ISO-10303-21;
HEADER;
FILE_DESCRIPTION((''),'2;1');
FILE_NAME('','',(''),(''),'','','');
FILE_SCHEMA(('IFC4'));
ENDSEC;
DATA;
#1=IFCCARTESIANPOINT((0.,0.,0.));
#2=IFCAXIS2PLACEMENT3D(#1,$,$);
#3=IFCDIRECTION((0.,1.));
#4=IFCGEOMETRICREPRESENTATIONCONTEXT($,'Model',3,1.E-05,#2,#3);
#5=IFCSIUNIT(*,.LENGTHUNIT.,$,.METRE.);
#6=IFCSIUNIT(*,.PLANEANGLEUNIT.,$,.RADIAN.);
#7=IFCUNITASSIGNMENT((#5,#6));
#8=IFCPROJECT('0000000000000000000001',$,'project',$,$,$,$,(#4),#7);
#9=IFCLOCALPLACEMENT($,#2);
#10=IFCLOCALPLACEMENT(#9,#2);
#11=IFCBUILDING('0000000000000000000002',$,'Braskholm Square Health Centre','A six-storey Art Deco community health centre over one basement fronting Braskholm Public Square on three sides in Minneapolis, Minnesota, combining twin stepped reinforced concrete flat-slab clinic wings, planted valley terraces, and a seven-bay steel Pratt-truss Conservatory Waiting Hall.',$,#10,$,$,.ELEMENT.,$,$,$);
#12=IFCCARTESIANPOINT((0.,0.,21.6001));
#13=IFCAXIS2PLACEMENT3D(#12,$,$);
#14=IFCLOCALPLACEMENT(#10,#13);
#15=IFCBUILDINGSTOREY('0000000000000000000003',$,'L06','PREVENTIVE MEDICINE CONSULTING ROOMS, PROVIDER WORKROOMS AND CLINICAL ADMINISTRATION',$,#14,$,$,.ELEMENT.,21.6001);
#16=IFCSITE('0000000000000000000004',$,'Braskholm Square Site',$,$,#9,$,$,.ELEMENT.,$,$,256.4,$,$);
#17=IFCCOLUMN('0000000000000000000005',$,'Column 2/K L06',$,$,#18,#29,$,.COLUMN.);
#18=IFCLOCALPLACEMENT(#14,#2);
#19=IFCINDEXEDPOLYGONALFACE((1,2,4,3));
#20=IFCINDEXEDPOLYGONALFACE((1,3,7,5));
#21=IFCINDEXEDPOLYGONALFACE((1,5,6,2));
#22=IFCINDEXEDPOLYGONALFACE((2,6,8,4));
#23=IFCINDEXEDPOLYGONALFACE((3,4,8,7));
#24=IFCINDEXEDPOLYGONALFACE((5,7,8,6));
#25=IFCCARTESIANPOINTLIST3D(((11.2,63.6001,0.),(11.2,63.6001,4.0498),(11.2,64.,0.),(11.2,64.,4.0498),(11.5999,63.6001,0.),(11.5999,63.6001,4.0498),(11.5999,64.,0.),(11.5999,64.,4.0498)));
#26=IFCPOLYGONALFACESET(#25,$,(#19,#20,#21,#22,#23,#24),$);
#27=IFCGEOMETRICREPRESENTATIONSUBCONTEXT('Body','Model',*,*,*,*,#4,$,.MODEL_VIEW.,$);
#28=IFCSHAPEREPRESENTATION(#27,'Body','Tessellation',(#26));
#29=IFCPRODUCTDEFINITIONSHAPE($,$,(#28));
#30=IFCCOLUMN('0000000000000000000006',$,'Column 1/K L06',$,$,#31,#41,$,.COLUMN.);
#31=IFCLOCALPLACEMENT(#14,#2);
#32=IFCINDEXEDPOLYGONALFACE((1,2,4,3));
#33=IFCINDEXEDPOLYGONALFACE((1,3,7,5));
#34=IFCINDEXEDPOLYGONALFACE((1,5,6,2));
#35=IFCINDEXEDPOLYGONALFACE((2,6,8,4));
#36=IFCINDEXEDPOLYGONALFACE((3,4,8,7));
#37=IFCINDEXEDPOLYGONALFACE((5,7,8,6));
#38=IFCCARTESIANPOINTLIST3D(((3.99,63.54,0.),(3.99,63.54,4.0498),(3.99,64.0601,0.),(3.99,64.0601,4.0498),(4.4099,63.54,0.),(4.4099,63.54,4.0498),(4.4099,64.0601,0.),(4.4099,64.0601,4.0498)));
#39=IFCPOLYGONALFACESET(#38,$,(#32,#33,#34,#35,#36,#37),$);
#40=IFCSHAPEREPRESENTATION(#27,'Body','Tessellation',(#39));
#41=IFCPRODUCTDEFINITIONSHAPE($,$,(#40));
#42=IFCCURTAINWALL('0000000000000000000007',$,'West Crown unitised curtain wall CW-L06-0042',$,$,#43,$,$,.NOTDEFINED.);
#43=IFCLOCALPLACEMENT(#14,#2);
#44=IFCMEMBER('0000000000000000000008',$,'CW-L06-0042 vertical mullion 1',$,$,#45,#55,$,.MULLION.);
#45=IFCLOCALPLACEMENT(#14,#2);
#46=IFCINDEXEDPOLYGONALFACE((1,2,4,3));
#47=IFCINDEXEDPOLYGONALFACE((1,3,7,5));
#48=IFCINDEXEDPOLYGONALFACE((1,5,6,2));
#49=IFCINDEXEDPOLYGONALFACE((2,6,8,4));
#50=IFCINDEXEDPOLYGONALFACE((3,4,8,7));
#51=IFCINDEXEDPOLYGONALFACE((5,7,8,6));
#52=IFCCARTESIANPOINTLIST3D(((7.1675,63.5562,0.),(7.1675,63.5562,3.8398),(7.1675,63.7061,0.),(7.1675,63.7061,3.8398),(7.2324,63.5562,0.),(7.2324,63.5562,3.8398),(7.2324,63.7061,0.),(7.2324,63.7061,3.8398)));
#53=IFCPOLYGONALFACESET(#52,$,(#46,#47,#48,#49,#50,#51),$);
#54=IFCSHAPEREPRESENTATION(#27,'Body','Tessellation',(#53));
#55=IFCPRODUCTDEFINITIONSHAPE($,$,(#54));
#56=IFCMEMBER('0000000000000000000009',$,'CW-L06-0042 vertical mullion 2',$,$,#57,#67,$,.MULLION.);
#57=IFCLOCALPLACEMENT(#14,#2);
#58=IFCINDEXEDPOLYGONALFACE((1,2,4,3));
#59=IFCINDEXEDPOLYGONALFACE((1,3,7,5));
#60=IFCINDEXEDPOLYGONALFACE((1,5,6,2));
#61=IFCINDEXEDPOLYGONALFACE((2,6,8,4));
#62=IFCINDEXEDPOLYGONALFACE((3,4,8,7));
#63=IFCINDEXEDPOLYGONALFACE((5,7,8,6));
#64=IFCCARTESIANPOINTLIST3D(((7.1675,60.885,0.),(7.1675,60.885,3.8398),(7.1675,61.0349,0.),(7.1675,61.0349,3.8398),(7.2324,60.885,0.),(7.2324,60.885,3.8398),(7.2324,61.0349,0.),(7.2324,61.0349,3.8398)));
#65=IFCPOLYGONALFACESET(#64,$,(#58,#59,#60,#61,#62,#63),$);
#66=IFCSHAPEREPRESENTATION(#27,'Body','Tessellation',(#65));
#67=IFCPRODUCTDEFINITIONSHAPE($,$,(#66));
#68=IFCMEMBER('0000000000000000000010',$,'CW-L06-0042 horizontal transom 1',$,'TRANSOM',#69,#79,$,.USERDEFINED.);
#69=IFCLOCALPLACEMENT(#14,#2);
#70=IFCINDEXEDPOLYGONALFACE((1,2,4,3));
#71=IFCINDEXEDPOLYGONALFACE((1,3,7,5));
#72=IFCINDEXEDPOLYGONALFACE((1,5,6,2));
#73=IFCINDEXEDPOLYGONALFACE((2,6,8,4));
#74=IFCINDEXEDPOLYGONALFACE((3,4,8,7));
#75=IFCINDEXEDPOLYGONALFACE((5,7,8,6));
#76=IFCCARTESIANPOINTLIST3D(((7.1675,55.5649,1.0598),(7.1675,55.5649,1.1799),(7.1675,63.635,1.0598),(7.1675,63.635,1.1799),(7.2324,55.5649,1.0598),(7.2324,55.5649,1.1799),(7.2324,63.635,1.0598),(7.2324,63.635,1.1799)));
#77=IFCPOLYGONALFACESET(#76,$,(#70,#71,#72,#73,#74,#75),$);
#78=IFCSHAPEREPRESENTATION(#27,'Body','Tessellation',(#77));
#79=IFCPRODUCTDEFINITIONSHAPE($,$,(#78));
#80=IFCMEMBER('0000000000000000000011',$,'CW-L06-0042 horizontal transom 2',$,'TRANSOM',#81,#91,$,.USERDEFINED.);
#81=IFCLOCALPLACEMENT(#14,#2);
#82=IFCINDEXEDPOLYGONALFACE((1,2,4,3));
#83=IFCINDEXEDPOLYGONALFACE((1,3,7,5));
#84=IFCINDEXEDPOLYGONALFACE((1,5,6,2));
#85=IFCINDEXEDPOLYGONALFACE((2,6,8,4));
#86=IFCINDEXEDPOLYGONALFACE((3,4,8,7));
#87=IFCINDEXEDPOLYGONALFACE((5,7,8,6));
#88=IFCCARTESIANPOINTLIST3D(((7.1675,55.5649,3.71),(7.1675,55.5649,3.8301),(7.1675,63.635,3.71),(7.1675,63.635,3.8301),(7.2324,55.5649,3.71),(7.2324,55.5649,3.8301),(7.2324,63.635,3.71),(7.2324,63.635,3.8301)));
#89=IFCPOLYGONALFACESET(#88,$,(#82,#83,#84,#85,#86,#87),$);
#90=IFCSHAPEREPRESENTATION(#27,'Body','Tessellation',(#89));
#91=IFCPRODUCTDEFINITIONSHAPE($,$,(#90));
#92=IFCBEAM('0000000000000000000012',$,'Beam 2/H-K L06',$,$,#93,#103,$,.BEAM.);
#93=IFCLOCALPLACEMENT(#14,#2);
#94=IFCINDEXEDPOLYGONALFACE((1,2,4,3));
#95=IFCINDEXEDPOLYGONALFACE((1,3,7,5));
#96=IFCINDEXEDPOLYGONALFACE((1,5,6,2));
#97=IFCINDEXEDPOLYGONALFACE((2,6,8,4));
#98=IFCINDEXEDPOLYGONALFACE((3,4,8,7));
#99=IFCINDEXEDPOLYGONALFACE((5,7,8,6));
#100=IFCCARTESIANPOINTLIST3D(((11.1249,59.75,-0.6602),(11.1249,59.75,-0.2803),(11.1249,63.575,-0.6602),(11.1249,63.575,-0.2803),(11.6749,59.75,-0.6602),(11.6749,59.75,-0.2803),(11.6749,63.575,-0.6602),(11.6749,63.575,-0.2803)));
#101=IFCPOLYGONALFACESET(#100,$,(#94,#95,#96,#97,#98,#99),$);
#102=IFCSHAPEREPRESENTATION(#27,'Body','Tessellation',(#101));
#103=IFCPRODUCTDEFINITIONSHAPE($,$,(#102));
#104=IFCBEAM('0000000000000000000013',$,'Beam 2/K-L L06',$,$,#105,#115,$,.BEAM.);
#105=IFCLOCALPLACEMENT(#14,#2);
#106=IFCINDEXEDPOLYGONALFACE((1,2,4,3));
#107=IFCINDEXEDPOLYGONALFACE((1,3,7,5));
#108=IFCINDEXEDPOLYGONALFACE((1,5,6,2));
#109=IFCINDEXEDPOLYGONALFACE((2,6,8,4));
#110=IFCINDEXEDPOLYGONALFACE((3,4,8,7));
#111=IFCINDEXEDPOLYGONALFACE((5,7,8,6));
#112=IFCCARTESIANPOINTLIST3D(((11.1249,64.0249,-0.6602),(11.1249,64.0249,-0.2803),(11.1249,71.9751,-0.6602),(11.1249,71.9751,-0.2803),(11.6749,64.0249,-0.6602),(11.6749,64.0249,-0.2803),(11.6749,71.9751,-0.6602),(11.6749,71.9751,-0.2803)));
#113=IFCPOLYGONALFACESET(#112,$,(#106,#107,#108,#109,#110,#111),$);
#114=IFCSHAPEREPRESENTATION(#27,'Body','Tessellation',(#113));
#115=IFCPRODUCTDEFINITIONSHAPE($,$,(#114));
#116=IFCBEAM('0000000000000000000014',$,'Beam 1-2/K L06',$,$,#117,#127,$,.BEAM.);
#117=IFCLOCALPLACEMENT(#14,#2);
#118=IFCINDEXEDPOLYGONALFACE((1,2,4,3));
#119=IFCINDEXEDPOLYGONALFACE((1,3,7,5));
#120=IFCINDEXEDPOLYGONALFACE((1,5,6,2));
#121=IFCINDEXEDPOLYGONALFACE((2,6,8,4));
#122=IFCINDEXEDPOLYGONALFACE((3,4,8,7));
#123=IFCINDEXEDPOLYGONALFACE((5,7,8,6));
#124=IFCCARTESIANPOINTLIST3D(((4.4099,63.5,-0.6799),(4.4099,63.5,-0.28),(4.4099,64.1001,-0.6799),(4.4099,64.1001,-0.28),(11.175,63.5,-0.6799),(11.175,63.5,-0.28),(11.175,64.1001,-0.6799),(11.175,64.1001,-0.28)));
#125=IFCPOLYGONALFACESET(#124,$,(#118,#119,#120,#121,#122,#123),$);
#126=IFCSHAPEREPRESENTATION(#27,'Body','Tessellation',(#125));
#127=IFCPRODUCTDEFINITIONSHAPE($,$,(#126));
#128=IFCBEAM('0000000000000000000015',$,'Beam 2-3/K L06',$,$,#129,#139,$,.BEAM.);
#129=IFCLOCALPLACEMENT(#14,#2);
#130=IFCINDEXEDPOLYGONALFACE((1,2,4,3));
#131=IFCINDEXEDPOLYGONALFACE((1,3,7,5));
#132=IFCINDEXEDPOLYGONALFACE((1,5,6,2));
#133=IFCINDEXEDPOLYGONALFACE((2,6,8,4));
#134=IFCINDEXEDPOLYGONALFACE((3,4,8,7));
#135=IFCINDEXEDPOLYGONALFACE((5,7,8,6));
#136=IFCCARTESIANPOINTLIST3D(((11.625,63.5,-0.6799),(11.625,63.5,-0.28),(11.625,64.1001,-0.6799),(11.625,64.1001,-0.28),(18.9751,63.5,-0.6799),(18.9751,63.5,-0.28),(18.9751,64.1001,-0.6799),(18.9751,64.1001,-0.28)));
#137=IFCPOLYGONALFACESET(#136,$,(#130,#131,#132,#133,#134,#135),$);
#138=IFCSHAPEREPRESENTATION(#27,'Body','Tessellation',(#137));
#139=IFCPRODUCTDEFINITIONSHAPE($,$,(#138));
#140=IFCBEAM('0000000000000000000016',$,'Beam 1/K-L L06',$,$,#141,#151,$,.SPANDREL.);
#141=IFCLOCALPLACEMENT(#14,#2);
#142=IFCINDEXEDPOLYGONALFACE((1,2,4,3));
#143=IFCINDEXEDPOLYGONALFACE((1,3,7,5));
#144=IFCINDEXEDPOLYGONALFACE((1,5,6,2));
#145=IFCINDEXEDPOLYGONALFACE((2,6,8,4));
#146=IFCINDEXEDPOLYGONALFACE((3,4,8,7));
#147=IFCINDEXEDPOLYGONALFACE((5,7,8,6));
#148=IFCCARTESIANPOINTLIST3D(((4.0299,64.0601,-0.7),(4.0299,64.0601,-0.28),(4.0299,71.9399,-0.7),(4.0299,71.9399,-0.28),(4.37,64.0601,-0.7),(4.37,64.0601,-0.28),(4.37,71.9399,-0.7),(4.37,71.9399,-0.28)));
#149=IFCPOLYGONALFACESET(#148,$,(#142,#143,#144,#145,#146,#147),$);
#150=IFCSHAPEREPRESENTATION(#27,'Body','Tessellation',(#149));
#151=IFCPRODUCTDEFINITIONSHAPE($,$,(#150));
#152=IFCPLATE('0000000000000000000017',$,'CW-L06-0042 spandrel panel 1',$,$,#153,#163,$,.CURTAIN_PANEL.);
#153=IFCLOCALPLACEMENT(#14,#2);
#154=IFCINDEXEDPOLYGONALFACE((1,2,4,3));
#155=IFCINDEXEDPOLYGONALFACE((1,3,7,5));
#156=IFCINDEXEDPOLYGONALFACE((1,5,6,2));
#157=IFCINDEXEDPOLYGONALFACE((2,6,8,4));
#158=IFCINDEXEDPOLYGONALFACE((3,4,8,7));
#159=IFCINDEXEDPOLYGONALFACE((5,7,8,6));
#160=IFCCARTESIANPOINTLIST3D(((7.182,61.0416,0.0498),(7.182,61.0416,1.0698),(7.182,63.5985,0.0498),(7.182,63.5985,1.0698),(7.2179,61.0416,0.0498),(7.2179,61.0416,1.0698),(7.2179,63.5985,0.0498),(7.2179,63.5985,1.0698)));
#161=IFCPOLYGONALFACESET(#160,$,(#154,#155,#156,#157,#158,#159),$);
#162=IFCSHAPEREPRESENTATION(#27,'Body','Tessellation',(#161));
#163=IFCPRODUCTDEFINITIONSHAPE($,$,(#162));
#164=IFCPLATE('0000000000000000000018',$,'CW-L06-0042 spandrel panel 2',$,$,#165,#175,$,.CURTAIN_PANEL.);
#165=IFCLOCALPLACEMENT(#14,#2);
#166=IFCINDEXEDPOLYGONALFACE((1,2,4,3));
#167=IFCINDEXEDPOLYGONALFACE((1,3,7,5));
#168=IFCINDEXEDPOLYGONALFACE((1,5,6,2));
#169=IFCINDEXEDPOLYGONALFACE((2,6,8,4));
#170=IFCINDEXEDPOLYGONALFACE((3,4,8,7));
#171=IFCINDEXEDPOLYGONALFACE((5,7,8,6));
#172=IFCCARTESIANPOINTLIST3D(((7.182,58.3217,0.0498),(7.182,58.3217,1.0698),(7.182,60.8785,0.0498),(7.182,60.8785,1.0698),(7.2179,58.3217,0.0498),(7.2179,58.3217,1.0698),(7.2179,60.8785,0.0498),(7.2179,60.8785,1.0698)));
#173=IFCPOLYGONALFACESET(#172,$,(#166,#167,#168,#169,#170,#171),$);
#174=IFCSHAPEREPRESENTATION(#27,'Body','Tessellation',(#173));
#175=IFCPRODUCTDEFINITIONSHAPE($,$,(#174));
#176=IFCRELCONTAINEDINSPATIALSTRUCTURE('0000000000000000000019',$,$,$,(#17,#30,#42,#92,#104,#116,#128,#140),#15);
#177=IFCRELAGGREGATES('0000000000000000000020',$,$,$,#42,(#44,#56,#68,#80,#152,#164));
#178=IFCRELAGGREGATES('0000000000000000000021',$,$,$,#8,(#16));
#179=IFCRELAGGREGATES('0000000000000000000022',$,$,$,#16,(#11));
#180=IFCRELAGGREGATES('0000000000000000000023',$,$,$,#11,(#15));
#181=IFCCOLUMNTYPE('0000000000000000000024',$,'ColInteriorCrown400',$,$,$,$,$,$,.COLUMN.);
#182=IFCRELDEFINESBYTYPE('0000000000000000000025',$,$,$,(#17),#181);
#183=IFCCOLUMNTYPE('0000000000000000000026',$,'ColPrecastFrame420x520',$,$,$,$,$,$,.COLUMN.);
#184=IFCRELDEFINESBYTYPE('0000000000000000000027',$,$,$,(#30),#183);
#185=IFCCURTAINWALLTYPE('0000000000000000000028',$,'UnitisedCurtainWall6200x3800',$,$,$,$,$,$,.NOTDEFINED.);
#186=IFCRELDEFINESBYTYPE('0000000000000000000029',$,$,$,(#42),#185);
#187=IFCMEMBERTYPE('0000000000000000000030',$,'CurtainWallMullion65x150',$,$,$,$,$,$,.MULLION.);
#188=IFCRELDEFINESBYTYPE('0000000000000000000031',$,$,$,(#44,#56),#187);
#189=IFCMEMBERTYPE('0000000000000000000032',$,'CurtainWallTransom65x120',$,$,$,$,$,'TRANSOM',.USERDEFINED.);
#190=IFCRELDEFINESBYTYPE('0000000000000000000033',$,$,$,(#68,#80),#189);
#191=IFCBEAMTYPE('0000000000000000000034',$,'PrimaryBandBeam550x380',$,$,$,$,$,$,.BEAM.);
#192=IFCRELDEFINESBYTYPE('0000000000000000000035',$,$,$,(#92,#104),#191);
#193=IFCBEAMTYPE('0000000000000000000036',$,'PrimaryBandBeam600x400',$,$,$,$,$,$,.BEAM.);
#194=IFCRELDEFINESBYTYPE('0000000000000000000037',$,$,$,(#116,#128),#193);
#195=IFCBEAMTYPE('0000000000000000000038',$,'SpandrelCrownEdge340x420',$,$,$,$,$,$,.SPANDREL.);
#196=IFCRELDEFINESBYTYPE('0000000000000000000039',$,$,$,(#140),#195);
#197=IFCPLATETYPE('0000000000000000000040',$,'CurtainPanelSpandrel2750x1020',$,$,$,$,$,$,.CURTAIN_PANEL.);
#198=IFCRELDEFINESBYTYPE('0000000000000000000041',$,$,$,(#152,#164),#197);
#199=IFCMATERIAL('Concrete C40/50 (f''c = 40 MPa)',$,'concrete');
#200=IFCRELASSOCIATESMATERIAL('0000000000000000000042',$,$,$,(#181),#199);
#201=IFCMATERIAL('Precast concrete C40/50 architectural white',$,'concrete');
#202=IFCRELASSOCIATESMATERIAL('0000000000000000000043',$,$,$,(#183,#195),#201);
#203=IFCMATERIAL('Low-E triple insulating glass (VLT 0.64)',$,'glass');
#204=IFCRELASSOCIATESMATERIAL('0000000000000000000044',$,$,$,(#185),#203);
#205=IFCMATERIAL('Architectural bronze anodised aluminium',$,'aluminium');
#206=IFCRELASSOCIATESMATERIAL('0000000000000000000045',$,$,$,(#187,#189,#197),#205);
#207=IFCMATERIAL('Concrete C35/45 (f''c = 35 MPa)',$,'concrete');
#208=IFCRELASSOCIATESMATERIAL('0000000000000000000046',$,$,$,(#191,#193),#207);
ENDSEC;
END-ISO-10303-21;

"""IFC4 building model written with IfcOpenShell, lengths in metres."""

from ifc_helpers import new_model, si_unit, direction, frame, origin, origin_2d, place, context, subcontext, project, spatial, rectangle, extrude, material, material_profile, profile_set, type_object, element, aggregate, save


model = new_model("IFC4")

# Units and contexts
model_context = context("Model", 3, precision=1e-05, world=origin(), true_north=direction((0.0, 1.0)))
body_context = subcontext(model_context, "Body", "Model", "MODEL_VIEW")
ifc_project = project(units=[si_unit("LENGTHUNIT", "METRE"), si_unit("PLANEANGLEUNIT", "RADIAN")], contexts=[model_context])

# Site, building, storey
site_placement = place(None, origin())
site = spatial("IfcSite", under=ifc_project, at=site_placement, Name="Braskholm Square Site", CompositionType="ELEMENT", RefElevation=256.4)
building_placement = place(site_placement, origin())
building = spatial("IfcBuilding", under=site, at=building_placement, Name="Braskholm Square Health Centre", Description="A six-storey Art Deco community health centre over one basement fronting Braskholm Public Square on three sides in Minneapolis, Minnesota, combining twin stepped reinforced concrete flat-slab clinic wings, planted valley terraces, and a seven-bay steel Pratt-truss Conservatory Waiting Hall.", CompositionType="ELEMENT")
storey_placement = place(building_placement, frame((0.0, 0.0, 21.6001)))
storey = spatial("IfcBuildingStorey", under=building, at=storey_placement, Name="L06", Description="PREVENTIVE MEDICINE CONSULTING ROOMS, PROVIDER WORKROOMS AND CLINICAL ADMINISTRATION", CompositionType="ELEMENT", Elevation=21.6001)

# Columns
ifc_material_1 = material(Name="Concrete C40/50 (f'c = 40 MPa)", Category="concrete")
ifc_material_profile_1 = material_profile(ifc_material_1, rectangle(XDim=0.3999, YDim=0.3999, at=origin_2d()), Name="RC-400X400")
ifc_profile_set_1 = profile_set([ifc_material_profile_1], Name="Concrete C40/50 (f'c = 40 MPa)")
column_type_1 = type_object("IfcColumnType", Name="ColInteriorCrown400", PredefinedType="COLUMN", material=ifc_profile_set_1)
column_1_placement = place(storey_placement, frame((11.3999, 63.8, 0.0), z_axis=(0.0, 0.0, 1.0), x_axis=(1.0, 0.0, 0.0)))
element("IfcColumn", 1, at=column_1_placement, inside=storey, type_object=column_type_1, Name="Column 2/K L06", PredefinedType="COLUMN", context=body_context, shape_type="SweptSolid", body=[
    extrude(rectangle(XDim=0.3999, YDim=0.3999, at=origin_2d()), origin(), (0.0, 0.0, 1.0), 4.0498),
])
ifc_material_2 = material(Name="Precast concrete C40/50 architectural white", Category="concrete")
ifc_material_profile_2 = material_profile(ifc_material_2, rectangle(XDim=0.4199, YDim=0.52, at=origin_2d()), Name="RC-420X520")
ifc_profile_set_2 = profile_set([ifc_material_profile_2], Name="Precast concrete C40/50 architectural white")
column_type_2 = type_object("IfcColumnType", Name="ColPrecastFrame420x520", PredefinedType="COLUMN", material=ifc_profile_set_2)
column_2_placement = place(storey_placement, frame((4.2, 63.8, 0.0), z_axis=(0.0, 0.0, 1.0), x_axis=(1.0, 0.0, 0.0)))
element("IfcColumn", 2, at=column_2_placement, inside=storey, type_object=column_type_2, Name="Column 1/K L06", PredefinedType="COLUMN", context=body_context, shape_type="SweptSolid", body=[
    extrude(rectangle(XDim=0.4199, YDim=0.52, at=origin_2d()), origin(), (0.0, 0.0, 1.0), 4.0498),
])

# Curtain wall, members
ifc_material_3 = material(Name="Low-E triple insulating glass (VLT 0.64)", Category="glass")
curtain_wall_type = type_object("IfcCurtainWallType", Name="UnitisedCurtainWall6200x3800", PredefinedType="NOTDEFINED", material=ifc_material_3)
curtain_wall_placement = place(storey_placement, origin())
curtain_wall = element("IfcCurtainWall", 3, at=curtain_wall_placement, inside=storey, type_object=curtain_wall_type, Name="West Crown unitised curtain wall CW-L06-0042", PredefinedType="NOTDEFINED")
ifc_material_4 = material(Name="Architectural bronze anodised aluminium", Category="aluminium")
ifc_material_profile_3 = material_profile(ifc_material_4, rectangle(XDim=0.0649, YDim=0.1499, at=origin_2d()), Name="ALU-65X150")
ifc_profile_set_3 = profile_set([ifc_material_profile_3], Name="Architectural bronze anodised aluminium")
member_type_1 = type_object("IfcMemberType", Name="CurtainWallMullion65x150", PredefinedType="MULLION", material=ifc_profile_set_3)
member_1_placement = place(storey_placement, frame((7.2, 63.6311, 0.0), z_axis=(0.0, 0.0, 1.0), x_axis=(1.0, 0.0, 0.0)))
member_1 = element("IfcMember", 4, at=member_1_placement, type_object=member_type_1, Name="CW-L06-0042 vertical mullion 1", PredefinedType="MULLION", context=body_context, shape_type="SweptSolid", body=[
    extrude(rectangle(XDim=0.0649, YDim=0.1499, at=origin_2d()), origin(), (0.0, 0.0, 1.0), 3.8398),
])
member_2_placement = place(storey_placement, frame((7.2, 60.96, 0.0), z_axis=(0.0, 0.0, 1.0), x_axis=(1.0, 0.0, 0.0)))
member_2 = element("IfcMember", 5, at=member_2_placement, type_object=member_type_1, Name="CW-L06-0042 vertical mullion 2", PredefinedType="MULLION", context=body_context, shape_type="SweptSolid", body=[
    extrude(rectangle(XDim=0.0649, YDim=0.1499, at=origin_2d()), origin(), (0.0, 0.0, 1.0), 3.8398),
])
ifc_material_profile_4 = material_profile(ifc_material_4, rectangle(XDim=0.0649, YDim=0.1201, at=origin_2d()), Name="ALU-65X120")
ifc_profile_set_4 = profile_set([ifc_material_profile_4], Name="Architectural bronze anodised aluminium")
member_type_2 = type_object("IfcMemberType", Name="CurtainWallTransom65x120", ElementType="TRANSOM", PredefinedType="USERDEFINED", material=ifc_profile_set_4)
member_3_placement = place(storey_placement, frame((7.2, 63.635, 1.1199), z_axis=(0.0, -1.0, 0.0), x_axis=(1.0, 0.0, 0.0)))
member_3 = element("IfcMember", 6, at=member_3_placement, type_object=member_type_2, Name="CW-L06-0042 horizontal transom 1", ObjectType="TRANSOM", PredefinedType="USERDEFINED", context=body_context, shape_type="SweptSolid", body=[
    extrude(rectangle(XDim=0.0649, YDim=0.1201, at=origin_2d()), origin(), (0.0, 0.0, 1.0), 8.0701),
])
member_4_placement = place(storey_placement, frame((7.2, 63.635, 3.77), z_axis=(0.0, -1.0, 0.0), x_axis=(1.0, 0.0, 0.0)))
member_4 = element("IfcMember", 7, at=member_4_placement, type_object=member_type_2, Name="CW-L06-0042 horizontal transom 2", ObjectType="TRANSOM", PredefinedType="USERDEFINED", context=body_context, shape_type="SweptSolid", body=[
    extrude(rectangle(XDim=0.0649, YDim=0.1201, at=origin_2d()), origin(), (0.0, 0.0, 1.0), 8.0701),
])

# Beams
ifc_material_5 = material(Name="Concrete C35/45 (f'c = 35 MPa)", Category="concrete")
ifc_material_profile_5 = material_profile(ifc_material_5, rectangle(XDim=0.55, YDim=0.3799, at=origin_2d()), Name="RCB-550X380")
ifc_profile_set_5 = profile_set([ifc_material_profile_5], Name="Concrete C35/45 (f'c = 35 MPa)")
beam_type_1 = type_object("IfcBeamType", Name="PrimaryBandBeam550x380", PredefinedType="BEAM", material=ifc_profile_set_5)
beam_1_placement = place(storey_placement, frame((11.3999, 59.75, -0.4702), z_axis=(0.0, 1.0, 0.0), x_axis=(-1.0, 0.0, 0.0)))
element("IfcBeam", 8, at=beam_1_placement, inside=storey, type_object=beam_type_1, Name="Beam 2/H-K L06", PredefinedType="BEAM", context=body_context, shape_type="SweptSolid", body=[
    extrude(rectangle(XDim=0.55, YDim=0.3799, at=origin_2d()), origin(), (0.0, 0.0, 1.0), 3.825),
])
beam_2_placement = place(storey_placement, frame((11.3999, 64.0249, -0.4702), z_axis=(0.0, 1.0, 0.0), x_axis=(-1.0, 0.0, 0.0)))
element("IfcBeam", 9, at=beam_2_placement, inside=storey, type_object=beam_type_1, Name="Beam 2/K-L L06", PredefinedType="BEAM", context=body_context, shape_type="SweptSolid", body=[
    extrude(rectangle(XDim=0.55, YDim=0.3799, at=origin_2d()), origin(), (0.0, 0.0, 1.0), 7.9502),
])
ifc_material_profile_6 = material_profile(ifc_material_5, rectangle(XDim=0.6001, YDim=0.3999, at=origin_2d()), Name="RCB-600X400")
ifc_profile_set_6 = profile_set([ifc_material_profile_6], Name="Concrete C35/45 (f'c = 35 MPa)")
beam_type_2 = type_object("IfcBeamType", Name="PrimaryBandBeam600x400", PredefinedType="BEAM", material=ifc_profile_set_6)
beam_3_placement = place(storey_placement, frame((4.4099, 63.8, -0.48), z_axis=(1.0, 0.0, 0.0), x_axis=(0.0, 1.0, 0.0)))
element("IfcBeam", 10, at=beam_3_placement, inside=storey, type_object=beam_type_2, Name="Beam 1-2/K L06", PredefinedType="BEAM", context=body_context, shape_type="SweptSolid", body=[
    extrude(rectangle(XDim=0.6001, YDim=0.3999, at=origin_2d()), origin(), (0.0, 0.0, 1.0), 6.7651),
])
beam_4_placement = place(storey_placement, frame((11.625, 63.8, -0.48), z_axis=(1.0, 0.0, 0.0), x_axis=(0.0, 1.0, 0.0)))
element("IfcBeam", 11, at=beam_4_placement, inside=storey, type_object=beam_type_2, Name="Beam 2-3/K L06", PredefinedType="BEAM", context=body_context, shape_type="SweptSolid", body=[
    extrude(rectangle(XDim=0.6001, YDim=0.3999, at=origin_2d()), origin(), (0.0, 0.0, 1.0), 7.3501),
])
ifc_material_profile_7 = material_profile(ifc_material_2, rectangle(XDim=0.3401, YDim=0.4199, at=origin_2d()), Name="RCB-340X420")
ifc_profile_set_7 = profile_set([ifc_material_profile_7], Name="Precast concrete C40/50 architectural white")
beam_type_3 = type_object("IfcBeamType", Name="SpandrelCrownEdge340x420", PredefinedType="SPANDREL", material=ifc_profile_set_7)
beam_5_placement = place(storey_placement, frame((4.2, 64.0601, -0.49), z_axis=(0.0, 1.0, 0.0), x_axis=(-1.0, 0.0, 0.0)))
element("IfcBeam", 12, at=beam_5_placement, inside=storey, type_object=beam_type_3, Name="Beam 1/K-L L06", PredefinedType="SPANDREL", context=body_context, shape_type="SweptSolid", body=[
    extrude(rectangle(XDim=0.3401, YDim=0.4199, at=origin_2d()), origin(), (0.0, 0.0, 1.0), 7.8799),
])

# Plates
plate_type_1 = type_object("IfcPlateType", Name="CurtainPanelSpandrel2750x1020", PredefinedType="CURTAIN_PANEL", material=ifc_material_4)
plate_1_placement = place(storey_placement, frame((7.2, 62.3201, 0.0498), z_axis=(0.0, 0.0, 1.0), x_axis=(0.0, -1.0, 0.0)))
plate_1 = element("IfcPlate", 13, at=plate_1_placement, type_object=plate_type_1, Name="CW-L06-0042 spandrel panel 1", PredefinedType="CURTAIN_PANEL", context=body_context, shape_type="SweptSolid", body=[
    extrude(rectangle(XDim=2.5569, YDim=0.0359, at=origin_2d()), origin(), (0.0, 0.0, 1.0), 1.02),
])
plate_2_placement = place(storey_placement, frame((7.2, 59.6001, 0.0498), z_axis=(0.0, 0.0, 1.0), x_axis=(0.0, -1.0, 0.0)))
plate_2 = element("IfcPlate", 14, at=plate_2_placement, type_object=plate_type_1, Name="CW-L06-0042 spandrel panel 2", PredefinedType="CURTAIN_PANEL", context=body_context, shape_type="SweptSolid", body=[
    extrude(rectangle(XDim=2.5569, YDim=0.0359, at=origin_2d()), origin(), (0.0, 0.0, 1.0), 1.02),
])
aggregate(curtain_wall, [member_1, member_2, member_3, member_4, plate_1, plate_2])

save(model, "model.ifc")
